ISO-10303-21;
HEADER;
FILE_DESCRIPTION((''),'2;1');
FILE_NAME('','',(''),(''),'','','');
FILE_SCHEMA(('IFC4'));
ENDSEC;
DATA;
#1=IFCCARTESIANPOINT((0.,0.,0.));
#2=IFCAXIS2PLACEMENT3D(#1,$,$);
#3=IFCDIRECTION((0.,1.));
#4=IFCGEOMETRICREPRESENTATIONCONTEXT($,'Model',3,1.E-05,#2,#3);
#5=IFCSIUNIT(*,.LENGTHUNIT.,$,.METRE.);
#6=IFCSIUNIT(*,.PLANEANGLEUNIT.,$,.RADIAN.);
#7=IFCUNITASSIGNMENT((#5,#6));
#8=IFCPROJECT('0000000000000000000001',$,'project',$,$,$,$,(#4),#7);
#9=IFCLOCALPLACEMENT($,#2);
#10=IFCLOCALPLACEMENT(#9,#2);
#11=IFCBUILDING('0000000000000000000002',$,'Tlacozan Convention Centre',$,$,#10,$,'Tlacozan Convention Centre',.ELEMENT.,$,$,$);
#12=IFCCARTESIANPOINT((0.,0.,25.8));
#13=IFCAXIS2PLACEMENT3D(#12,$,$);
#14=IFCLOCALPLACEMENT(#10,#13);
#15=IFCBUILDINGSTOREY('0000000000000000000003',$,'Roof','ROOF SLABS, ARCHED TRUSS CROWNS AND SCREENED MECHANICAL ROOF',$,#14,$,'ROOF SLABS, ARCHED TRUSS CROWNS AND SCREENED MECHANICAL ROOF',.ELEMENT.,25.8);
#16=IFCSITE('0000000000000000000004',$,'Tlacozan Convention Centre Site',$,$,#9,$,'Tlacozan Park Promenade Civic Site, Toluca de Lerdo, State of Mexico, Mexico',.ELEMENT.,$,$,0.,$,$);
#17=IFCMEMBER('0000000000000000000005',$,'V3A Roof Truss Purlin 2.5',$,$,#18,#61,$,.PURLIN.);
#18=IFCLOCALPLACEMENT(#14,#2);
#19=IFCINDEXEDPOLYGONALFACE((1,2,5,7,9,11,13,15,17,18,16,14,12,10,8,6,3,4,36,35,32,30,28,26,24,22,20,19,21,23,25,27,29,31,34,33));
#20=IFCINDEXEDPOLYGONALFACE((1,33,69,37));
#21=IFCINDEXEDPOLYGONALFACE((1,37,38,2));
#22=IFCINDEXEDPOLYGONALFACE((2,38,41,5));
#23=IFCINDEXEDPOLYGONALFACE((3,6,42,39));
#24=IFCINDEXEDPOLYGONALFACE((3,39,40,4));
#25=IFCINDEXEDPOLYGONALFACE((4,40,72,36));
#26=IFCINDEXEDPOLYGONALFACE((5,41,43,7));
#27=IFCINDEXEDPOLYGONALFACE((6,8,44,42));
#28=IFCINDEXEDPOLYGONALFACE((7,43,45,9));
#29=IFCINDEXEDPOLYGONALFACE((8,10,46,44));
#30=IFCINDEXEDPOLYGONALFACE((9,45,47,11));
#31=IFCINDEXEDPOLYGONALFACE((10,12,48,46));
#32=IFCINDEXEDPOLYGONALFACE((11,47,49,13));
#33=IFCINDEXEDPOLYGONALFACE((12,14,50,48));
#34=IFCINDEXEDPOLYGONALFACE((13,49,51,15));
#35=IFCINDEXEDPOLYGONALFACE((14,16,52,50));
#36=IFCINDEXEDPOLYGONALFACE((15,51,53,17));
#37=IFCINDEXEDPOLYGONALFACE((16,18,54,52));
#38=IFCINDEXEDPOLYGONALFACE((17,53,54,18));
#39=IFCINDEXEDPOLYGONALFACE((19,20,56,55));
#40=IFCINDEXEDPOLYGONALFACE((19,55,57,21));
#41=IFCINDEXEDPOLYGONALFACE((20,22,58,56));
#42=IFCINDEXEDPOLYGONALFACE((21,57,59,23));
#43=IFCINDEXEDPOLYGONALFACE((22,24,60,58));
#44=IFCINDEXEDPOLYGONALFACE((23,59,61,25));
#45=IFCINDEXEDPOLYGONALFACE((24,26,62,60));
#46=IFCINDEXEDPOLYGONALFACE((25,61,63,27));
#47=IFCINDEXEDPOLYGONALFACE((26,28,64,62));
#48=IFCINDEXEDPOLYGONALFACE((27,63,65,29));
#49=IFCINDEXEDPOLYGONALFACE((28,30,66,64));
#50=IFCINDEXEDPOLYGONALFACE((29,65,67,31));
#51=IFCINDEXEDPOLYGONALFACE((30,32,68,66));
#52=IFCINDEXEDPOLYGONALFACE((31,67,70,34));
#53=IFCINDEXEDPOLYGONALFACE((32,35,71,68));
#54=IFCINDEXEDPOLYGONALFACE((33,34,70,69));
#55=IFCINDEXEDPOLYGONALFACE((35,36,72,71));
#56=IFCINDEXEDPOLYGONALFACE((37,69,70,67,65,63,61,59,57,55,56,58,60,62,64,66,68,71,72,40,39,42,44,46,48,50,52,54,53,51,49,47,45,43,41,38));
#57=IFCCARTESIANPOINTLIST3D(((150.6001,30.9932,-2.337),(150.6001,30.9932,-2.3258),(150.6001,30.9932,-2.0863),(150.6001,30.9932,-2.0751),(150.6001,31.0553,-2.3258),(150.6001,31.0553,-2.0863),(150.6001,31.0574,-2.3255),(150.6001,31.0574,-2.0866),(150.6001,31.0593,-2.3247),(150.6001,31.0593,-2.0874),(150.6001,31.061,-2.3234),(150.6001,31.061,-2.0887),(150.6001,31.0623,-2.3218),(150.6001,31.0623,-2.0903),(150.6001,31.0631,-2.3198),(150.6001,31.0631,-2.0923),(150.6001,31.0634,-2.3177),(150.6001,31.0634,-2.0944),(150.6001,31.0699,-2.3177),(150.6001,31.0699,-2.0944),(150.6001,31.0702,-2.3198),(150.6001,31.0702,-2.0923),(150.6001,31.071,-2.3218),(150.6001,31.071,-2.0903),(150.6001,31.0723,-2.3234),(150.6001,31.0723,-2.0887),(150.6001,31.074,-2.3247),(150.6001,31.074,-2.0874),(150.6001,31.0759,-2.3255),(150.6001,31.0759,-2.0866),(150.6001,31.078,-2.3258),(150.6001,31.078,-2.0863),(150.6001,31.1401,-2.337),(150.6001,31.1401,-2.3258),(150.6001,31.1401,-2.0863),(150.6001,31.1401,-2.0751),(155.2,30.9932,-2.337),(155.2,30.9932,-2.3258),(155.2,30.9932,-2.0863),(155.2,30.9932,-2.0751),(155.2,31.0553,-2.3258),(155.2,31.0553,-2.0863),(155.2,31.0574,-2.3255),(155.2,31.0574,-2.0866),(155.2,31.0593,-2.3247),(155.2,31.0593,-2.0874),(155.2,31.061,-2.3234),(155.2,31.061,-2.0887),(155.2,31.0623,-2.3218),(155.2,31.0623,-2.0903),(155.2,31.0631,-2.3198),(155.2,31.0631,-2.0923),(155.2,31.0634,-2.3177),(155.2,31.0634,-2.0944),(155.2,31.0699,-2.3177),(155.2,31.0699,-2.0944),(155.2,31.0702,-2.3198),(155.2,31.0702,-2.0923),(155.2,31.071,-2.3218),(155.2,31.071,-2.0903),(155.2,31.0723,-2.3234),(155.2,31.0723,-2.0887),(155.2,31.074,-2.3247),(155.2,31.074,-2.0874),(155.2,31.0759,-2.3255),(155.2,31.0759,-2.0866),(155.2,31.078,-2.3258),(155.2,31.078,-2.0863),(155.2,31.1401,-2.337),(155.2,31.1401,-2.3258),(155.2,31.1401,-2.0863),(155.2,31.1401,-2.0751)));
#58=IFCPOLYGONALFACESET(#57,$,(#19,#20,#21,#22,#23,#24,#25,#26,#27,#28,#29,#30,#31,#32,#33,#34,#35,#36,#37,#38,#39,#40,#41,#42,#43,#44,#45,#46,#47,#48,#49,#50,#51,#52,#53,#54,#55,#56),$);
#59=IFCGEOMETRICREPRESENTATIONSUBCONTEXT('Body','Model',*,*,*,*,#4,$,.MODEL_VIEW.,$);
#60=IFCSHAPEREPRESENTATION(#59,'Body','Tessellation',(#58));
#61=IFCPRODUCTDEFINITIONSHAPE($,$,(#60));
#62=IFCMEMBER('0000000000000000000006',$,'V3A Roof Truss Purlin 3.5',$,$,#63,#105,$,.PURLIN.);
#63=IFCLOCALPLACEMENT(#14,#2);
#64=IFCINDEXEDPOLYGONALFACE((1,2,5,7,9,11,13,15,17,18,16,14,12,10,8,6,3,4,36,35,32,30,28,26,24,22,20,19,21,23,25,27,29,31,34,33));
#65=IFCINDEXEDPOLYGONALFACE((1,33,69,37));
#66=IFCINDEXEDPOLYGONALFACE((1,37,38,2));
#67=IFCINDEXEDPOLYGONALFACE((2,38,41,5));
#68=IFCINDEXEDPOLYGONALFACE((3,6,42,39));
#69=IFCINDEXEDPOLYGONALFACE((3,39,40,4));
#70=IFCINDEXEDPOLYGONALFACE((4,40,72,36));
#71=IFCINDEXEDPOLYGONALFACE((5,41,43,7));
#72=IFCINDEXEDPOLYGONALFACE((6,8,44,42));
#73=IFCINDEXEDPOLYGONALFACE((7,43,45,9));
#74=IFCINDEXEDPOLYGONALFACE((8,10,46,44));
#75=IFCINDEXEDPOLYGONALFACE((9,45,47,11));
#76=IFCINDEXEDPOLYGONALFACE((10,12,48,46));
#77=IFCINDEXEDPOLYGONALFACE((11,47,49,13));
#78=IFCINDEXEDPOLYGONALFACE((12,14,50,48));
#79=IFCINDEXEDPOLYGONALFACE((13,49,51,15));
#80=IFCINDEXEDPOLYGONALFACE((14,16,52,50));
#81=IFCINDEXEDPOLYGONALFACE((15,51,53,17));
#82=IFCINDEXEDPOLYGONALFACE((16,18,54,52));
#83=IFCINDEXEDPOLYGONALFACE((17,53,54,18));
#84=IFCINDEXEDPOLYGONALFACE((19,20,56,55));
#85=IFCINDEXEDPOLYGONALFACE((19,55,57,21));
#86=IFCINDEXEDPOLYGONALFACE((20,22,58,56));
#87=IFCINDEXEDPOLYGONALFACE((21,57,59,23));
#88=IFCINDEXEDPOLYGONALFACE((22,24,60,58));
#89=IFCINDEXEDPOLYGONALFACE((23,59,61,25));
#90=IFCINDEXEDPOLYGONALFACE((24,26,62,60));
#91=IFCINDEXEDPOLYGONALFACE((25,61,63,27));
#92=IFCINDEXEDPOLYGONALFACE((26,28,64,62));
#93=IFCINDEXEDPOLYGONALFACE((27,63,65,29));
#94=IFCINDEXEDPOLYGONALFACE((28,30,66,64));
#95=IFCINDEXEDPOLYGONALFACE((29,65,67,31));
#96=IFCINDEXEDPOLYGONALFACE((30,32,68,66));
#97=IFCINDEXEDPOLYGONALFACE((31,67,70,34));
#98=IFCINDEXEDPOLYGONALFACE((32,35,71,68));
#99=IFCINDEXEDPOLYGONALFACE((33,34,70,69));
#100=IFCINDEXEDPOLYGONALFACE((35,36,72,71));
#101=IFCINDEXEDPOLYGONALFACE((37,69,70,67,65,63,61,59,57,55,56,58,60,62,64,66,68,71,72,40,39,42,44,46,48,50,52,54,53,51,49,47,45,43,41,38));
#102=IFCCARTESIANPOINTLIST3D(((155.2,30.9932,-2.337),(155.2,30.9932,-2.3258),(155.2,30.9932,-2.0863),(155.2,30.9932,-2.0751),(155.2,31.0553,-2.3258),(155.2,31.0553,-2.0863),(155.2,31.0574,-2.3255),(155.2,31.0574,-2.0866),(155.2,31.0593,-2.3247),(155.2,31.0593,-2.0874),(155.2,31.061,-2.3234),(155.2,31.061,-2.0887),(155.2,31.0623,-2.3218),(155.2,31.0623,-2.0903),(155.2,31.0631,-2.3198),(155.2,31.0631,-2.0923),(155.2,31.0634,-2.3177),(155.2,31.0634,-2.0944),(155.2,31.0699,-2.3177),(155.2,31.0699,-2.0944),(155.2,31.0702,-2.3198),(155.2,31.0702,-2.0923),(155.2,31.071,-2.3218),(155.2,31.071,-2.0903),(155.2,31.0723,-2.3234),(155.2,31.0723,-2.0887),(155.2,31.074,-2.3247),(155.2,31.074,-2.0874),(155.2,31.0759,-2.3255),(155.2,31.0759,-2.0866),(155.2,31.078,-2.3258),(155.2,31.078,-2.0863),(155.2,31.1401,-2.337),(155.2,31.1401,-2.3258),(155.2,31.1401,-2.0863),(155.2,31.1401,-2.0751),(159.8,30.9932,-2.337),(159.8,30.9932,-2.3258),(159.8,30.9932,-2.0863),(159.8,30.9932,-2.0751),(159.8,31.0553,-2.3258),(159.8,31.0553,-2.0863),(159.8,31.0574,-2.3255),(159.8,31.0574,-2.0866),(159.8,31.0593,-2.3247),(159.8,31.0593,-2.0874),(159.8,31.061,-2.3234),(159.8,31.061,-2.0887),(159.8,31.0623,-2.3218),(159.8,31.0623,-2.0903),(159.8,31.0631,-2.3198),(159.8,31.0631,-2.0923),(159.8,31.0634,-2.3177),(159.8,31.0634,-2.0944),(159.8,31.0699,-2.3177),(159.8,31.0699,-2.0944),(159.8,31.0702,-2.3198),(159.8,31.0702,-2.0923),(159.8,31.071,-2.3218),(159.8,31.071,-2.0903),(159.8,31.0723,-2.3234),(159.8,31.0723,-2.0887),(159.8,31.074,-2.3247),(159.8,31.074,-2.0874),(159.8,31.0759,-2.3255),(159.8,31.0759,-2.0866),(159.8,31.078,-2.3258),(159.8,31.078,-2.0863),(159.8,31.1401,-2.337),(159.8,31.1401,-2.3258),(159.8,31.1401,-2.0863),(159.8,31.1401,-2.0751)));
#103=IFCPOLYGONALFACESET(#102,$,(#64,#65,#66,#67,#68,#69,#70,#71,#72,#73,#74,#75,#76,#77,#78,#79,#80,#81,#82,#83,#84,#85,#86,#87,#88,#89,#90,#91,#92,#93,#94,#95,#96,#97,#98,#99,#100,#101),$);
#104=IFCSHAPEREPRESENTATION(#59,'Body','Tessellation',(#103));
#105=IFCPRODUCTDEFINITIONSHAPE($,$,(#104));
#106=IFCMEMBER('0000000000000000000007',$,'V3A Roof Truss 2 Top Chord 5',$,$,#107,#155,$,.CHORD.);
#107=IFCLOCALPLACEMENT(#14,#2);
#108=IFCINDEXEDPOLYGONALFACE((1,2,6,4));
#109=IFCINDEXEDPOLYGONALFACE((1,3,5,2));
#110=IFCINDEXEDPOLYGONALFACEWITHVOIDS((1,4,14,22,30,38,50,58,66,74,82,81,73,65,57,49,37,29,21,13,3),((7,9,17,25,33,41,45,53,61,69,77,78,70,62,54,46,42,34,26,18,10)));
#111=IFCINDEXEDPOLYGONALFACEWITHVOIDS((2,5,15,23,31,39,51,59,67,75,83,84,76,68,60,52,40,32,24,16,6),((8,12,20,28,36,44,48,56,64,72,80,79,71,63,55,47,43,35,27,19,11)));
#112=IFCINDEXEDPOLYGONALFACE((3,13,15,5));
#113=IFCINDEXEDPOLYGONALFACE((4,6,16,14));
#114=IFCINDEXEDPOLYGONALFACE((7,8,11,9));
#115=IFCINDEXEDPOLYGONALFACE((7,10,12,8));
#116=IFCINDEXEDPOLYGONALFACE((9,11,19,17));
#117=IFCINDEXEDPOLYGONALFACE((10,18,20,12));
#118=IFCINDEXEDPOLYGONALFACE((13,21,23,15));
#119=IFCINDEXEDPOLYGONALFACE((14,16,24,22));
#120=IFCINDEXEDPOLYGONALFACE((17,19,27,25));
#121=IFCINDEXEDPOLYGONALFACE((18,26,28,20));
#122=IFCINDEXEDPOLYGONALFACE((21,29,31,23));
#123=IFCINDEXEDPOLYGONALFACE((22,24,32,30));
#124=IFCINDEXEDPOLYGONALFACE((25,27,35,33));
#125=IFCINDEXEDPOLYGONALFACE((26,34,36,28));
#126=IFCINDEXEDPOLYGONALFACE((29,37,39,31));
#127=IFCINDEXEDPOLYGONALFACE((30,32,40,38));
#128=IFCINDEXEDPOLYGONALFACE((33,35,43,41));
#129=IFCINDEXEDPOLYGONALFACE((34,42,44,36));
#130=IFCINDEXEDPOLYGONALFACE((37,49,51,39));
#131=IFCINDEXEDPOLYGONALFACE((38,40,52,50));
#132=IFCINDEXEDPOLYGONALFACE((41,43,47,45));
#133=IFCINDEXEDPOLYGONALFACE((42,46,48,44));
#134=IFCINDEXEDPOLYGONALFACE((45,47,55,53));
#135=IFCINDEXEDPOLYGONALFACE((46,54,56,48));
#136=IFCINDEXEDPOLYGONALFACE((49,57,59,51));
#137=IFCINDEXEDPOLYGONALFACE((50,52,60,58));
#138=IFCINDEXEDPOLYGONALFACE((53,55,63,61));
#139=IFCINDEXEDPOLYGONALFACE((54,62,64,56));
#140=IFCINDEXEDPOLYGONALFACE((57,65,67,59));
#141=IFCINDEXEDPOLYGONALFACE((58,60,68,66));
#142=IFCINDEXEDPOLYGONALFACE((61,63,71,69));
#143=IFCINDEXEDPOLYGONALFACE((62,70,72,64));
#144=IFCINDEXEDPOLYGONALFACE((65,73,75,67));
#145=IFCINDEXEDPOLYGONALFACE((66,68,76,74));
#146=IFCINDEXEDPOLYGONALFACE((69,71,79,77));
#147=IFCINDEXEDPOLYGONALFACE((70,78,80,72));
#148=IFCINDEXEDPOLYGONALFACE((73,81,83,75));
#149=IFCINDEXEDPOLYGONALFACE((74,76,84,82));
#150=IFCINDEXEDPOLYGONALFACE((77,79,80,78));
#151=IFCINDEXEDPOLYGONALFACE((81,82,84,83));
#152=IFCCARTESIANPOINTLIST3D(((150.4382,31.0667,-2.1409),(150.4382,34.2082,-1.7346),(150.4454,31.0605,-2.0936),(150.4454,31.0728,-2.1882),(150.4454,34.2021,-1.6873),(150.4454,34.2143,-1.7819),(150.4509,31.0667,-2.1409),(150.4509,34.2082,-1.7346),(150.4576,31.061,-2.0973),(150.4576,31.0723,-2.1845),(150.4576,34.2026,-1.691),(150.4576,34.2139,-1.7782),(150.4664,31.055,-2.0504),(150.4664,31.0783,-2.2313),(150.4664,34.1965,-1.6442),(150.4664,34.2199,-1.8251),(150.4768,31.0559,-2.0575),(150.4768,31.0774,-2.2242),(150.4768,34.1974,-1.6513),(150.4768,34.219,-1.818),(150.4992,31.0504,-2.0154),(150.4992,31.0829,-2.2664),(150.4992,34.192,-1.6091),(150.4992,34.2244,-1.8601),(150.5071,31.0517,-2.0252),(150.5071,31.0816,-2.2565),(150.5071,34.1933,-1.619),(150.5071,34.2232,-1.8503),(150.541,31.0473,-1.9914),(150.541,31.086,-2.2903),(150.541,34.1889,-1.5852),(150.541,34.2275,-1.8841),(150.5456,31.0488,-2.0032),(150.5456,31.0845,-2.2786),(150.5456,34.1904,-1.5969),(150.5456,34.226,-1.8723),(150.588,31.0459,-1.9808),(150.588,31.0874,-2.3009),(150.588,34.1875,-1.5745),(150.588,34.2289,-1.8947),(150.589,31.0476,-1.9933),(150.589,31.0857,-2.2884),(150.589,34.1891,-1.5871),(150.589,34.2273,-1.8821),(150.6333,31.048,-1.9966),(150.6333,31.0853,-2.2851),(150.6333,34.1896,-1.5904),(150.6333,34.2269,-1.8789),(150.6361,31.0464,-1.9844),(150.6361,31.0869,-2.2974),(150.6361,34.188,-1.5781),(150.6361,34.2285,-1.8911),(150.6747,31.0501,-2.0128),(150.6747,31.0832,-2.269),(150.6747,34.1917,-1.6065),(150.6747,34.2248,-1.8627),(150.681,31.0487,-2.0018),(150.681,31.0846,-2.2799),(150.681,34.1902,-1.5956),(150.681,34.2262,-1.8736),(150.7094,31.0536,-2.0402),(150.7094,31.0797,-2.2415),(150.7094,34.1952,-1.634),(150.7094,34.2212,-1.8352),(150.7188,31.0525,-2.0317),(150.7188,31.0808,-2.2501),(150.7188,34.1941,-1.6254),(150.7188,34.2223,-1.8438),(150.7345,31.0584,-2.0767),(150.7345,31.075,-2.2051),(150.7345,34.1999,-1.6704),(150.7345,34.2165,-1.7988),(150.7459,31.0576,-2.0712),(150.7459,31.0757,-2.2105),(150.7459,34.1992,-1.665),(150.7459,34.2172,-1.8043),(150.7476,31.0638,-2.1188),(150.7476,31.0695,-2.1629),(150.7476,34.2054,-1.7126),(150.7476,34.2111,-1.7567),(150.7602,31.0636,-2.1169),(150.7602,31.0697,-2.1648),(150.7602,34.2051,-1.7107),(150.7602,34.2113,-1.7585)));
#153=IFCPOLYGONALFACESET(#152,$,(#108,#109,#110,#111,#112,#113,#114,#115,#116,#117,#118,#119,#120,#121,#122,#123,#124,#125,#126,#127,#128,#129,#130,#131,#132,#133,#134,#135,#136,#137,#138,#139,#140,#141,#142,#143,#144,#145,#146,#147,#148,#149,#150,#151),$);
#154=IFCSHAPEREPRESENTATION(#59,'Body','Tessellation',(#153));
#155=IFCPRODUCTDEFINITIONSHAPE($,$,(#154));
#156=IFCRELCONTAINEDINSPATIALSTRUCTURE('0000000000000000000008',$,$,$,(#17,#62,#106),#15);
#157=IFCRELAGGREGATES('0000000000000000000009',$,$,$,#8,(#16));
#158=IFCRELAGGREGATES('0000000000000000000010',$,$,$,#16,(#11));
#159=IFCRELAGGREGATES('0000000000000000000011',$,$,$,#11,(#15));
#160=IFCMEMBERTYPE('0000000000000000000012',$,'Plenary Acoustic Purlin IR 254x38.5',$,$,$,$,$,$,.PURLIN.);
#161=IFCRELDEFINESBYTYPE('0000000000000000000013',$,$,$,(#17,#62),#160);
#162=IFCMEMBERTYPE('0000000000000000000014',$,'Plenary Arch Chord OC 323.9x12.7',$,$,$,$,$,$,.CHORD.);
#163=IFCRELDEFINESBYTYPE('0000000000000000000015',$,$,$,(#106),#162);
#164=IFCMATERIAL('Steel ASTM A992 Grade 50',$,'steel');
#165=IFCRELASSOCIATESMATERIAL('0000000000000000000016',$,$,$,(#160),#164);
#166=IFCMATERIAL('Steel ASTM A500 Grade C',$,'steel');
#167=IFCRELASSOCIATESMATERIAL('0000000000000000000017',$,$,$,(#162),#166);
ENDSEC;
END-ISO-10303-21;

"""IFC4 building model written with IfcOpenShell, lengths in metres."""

from ifc_helpers import new_model, si_unit, direction, frame, origin, origin_2d, place, context, subcontext, project, spatial, hollow_circle, i_section, extrude, material, material_profile, profile_set, type_object, element, save


model = new_model("IFC4")

# Units and contexts
model_context = context("Model", 3, precision=1e-05, world=origin(), true_north=direction((0.0, 1.0)))
body_context = subcontext(model_context, "Body", "Model", "MODEL_VIEW")
ifc_project = project(units=[si_unit("LENGTHUNIT", "METRE"), si_unit("PLANEANGLEUNIT", "RADIAN")], contexts=[model_context])

# Site, building, storey
site_placement = place(None, origin())
site = spatial("IfcSite", under=ifc_project, at=site_placement, Name="Tlacozan Convention Centre Site", LongName="Tlacozan Park Promenade Civic Site, Toluca de Lerdo, State of Mexico, Mexico", CompositionType="ELEMENT", RefElevation=0.0)
building_placement = place(site_placement, origin())
building = spatial("IfcBuilding", under=site, at=building_placement, Name="Tlacozan Convention Centre", LongName="Tlacozan Convention Centre", CompositionType="ELEMENT")
storey_placement = place(building_placement, frame((0.0, 0.0, 25.8)))
storey = spatial("IfcBuildingStorey", under=building, at=storey_placement, Name="Roof", Description="ROOF SLABS, ARCHED TRUSS CROWNS AND SCREENED MECHANICAL ROOF", LongName="ROOF SLABS, ARCHED TRUSS CROWNS AND SCREENED MECHANICAL ROOF", CompositionType="ELEMENT", Elevation=25.8)

# Members
ifc_material_1 = material(Name="Steel ASTM A992 Grade 50", Category="steel")
ifc_material_profile_1 = material_profile(ifc_material_1, i_section(OverallWidth=0.147, OverallDepth=0.262, WebThickness=0.0066, FlangeThickness=0.0112, FilletRadius=0.0081, at=origin_2d()), Name="IR 254x38.5")
ifc_profile_set_1 = profile_set([ifc_material_profile_1], Name="Steel ASTM A992 Grade 50")
member_type_1 = type_object("IfcMemberType", Name="Plenary Acoustic Purlin IR 254x38.5", PredefinedType="PURLIN", material=ifc_profile_set_1)
member_1_placement = place(storey_placement, frame((150.6001, 31.0667, -2.2061), z_axis=(1.0, 0.0, 0.0), x_axis=(0.0, 1.0, 0.0)))
element("IfcMember", 1, at=member_1_placement, inside=storey, type_object=member_type_1, Name="V3A Roof Truss Purlin 2.5", PredefinedType="PURLIN", context=body_context, shape_type="SweptSolid", body=[
    extrude(i_section(OverallWidth=0.147, OverallDepth=0.262, WebThickness=0.0066, FlangeThickness=0.0112, FilletRadius=0.0081, at=origin_2d()), origin(), (0.0, 0.0, 1.0), 4.5999),
])
member_2_placement = place(storey_placement, frame((155.2, 31.0667, -2.2061), z_axis=(1.0, 0.0, 0.0), x_axis=(0.0, 1.0, 0.0)))
element("IfcMember", 2, at=member_2_placement, inside=storey, type_object=member_type_1, Name="V3A Roof Truss Purlin 3.5", PredefinedType="PURLIN", context=body_context, shape_type="SweptSolid", body=[
    extrude(i_section(OverallWidth=0.147, OverallDepth=0.262, WebThickness=0.0066, FlangeThickness=0.0112, FilletRadius=0.0081, at=origin_2d()), origin(), (0.0, 0.0, 1.0), 4.6001),
])
ifc_material_2 = material(Name="Steel ASTM A500 Grade C", Category="steel")
ifc_material_profile_2 = material_profile(ifc_material_2, hollow_circle(Radius=0.1619, WallThickness=0.0127, at=origin_2d()), Name="OC 323.9x12.7")
ifc_profile_set_2 = profile_set([ifc_material_profile_2], Name="Steel ASTM A500 Grade C")
member_type_2 = type_object("IfcMemberType", Name="Plenary Arch Chord OC 323.9x12.7", PredefinedType="CHORD", material=ifc_profile_set_2)
for number, where, z_axis, x_axis, name in (
    (3, (150.6001, 31.0667, -2.1409), (0.0, 0.991742, 0.128245), (-1.0, 0.0, 0.0), "V3A Roof Truss 2 Top Chord 5"),
):
    element("IfcMember", number, at=place(storey_placement, frame(where, z_axis=z_axis, x_axis=x_axis)), inside=storey, type_object=member_type_2, Name=name, PredefinedType="CHORD", context=body_context, shape_type="SweptSolid", body=[
        extrude(hollow_circle(Radius=0.1619, WallThickness=0.0127, at=origin_2d()), origin(), (0.0, 0.0, 1.0), 3.1677),
    ])

save(model, "model.ifc")
